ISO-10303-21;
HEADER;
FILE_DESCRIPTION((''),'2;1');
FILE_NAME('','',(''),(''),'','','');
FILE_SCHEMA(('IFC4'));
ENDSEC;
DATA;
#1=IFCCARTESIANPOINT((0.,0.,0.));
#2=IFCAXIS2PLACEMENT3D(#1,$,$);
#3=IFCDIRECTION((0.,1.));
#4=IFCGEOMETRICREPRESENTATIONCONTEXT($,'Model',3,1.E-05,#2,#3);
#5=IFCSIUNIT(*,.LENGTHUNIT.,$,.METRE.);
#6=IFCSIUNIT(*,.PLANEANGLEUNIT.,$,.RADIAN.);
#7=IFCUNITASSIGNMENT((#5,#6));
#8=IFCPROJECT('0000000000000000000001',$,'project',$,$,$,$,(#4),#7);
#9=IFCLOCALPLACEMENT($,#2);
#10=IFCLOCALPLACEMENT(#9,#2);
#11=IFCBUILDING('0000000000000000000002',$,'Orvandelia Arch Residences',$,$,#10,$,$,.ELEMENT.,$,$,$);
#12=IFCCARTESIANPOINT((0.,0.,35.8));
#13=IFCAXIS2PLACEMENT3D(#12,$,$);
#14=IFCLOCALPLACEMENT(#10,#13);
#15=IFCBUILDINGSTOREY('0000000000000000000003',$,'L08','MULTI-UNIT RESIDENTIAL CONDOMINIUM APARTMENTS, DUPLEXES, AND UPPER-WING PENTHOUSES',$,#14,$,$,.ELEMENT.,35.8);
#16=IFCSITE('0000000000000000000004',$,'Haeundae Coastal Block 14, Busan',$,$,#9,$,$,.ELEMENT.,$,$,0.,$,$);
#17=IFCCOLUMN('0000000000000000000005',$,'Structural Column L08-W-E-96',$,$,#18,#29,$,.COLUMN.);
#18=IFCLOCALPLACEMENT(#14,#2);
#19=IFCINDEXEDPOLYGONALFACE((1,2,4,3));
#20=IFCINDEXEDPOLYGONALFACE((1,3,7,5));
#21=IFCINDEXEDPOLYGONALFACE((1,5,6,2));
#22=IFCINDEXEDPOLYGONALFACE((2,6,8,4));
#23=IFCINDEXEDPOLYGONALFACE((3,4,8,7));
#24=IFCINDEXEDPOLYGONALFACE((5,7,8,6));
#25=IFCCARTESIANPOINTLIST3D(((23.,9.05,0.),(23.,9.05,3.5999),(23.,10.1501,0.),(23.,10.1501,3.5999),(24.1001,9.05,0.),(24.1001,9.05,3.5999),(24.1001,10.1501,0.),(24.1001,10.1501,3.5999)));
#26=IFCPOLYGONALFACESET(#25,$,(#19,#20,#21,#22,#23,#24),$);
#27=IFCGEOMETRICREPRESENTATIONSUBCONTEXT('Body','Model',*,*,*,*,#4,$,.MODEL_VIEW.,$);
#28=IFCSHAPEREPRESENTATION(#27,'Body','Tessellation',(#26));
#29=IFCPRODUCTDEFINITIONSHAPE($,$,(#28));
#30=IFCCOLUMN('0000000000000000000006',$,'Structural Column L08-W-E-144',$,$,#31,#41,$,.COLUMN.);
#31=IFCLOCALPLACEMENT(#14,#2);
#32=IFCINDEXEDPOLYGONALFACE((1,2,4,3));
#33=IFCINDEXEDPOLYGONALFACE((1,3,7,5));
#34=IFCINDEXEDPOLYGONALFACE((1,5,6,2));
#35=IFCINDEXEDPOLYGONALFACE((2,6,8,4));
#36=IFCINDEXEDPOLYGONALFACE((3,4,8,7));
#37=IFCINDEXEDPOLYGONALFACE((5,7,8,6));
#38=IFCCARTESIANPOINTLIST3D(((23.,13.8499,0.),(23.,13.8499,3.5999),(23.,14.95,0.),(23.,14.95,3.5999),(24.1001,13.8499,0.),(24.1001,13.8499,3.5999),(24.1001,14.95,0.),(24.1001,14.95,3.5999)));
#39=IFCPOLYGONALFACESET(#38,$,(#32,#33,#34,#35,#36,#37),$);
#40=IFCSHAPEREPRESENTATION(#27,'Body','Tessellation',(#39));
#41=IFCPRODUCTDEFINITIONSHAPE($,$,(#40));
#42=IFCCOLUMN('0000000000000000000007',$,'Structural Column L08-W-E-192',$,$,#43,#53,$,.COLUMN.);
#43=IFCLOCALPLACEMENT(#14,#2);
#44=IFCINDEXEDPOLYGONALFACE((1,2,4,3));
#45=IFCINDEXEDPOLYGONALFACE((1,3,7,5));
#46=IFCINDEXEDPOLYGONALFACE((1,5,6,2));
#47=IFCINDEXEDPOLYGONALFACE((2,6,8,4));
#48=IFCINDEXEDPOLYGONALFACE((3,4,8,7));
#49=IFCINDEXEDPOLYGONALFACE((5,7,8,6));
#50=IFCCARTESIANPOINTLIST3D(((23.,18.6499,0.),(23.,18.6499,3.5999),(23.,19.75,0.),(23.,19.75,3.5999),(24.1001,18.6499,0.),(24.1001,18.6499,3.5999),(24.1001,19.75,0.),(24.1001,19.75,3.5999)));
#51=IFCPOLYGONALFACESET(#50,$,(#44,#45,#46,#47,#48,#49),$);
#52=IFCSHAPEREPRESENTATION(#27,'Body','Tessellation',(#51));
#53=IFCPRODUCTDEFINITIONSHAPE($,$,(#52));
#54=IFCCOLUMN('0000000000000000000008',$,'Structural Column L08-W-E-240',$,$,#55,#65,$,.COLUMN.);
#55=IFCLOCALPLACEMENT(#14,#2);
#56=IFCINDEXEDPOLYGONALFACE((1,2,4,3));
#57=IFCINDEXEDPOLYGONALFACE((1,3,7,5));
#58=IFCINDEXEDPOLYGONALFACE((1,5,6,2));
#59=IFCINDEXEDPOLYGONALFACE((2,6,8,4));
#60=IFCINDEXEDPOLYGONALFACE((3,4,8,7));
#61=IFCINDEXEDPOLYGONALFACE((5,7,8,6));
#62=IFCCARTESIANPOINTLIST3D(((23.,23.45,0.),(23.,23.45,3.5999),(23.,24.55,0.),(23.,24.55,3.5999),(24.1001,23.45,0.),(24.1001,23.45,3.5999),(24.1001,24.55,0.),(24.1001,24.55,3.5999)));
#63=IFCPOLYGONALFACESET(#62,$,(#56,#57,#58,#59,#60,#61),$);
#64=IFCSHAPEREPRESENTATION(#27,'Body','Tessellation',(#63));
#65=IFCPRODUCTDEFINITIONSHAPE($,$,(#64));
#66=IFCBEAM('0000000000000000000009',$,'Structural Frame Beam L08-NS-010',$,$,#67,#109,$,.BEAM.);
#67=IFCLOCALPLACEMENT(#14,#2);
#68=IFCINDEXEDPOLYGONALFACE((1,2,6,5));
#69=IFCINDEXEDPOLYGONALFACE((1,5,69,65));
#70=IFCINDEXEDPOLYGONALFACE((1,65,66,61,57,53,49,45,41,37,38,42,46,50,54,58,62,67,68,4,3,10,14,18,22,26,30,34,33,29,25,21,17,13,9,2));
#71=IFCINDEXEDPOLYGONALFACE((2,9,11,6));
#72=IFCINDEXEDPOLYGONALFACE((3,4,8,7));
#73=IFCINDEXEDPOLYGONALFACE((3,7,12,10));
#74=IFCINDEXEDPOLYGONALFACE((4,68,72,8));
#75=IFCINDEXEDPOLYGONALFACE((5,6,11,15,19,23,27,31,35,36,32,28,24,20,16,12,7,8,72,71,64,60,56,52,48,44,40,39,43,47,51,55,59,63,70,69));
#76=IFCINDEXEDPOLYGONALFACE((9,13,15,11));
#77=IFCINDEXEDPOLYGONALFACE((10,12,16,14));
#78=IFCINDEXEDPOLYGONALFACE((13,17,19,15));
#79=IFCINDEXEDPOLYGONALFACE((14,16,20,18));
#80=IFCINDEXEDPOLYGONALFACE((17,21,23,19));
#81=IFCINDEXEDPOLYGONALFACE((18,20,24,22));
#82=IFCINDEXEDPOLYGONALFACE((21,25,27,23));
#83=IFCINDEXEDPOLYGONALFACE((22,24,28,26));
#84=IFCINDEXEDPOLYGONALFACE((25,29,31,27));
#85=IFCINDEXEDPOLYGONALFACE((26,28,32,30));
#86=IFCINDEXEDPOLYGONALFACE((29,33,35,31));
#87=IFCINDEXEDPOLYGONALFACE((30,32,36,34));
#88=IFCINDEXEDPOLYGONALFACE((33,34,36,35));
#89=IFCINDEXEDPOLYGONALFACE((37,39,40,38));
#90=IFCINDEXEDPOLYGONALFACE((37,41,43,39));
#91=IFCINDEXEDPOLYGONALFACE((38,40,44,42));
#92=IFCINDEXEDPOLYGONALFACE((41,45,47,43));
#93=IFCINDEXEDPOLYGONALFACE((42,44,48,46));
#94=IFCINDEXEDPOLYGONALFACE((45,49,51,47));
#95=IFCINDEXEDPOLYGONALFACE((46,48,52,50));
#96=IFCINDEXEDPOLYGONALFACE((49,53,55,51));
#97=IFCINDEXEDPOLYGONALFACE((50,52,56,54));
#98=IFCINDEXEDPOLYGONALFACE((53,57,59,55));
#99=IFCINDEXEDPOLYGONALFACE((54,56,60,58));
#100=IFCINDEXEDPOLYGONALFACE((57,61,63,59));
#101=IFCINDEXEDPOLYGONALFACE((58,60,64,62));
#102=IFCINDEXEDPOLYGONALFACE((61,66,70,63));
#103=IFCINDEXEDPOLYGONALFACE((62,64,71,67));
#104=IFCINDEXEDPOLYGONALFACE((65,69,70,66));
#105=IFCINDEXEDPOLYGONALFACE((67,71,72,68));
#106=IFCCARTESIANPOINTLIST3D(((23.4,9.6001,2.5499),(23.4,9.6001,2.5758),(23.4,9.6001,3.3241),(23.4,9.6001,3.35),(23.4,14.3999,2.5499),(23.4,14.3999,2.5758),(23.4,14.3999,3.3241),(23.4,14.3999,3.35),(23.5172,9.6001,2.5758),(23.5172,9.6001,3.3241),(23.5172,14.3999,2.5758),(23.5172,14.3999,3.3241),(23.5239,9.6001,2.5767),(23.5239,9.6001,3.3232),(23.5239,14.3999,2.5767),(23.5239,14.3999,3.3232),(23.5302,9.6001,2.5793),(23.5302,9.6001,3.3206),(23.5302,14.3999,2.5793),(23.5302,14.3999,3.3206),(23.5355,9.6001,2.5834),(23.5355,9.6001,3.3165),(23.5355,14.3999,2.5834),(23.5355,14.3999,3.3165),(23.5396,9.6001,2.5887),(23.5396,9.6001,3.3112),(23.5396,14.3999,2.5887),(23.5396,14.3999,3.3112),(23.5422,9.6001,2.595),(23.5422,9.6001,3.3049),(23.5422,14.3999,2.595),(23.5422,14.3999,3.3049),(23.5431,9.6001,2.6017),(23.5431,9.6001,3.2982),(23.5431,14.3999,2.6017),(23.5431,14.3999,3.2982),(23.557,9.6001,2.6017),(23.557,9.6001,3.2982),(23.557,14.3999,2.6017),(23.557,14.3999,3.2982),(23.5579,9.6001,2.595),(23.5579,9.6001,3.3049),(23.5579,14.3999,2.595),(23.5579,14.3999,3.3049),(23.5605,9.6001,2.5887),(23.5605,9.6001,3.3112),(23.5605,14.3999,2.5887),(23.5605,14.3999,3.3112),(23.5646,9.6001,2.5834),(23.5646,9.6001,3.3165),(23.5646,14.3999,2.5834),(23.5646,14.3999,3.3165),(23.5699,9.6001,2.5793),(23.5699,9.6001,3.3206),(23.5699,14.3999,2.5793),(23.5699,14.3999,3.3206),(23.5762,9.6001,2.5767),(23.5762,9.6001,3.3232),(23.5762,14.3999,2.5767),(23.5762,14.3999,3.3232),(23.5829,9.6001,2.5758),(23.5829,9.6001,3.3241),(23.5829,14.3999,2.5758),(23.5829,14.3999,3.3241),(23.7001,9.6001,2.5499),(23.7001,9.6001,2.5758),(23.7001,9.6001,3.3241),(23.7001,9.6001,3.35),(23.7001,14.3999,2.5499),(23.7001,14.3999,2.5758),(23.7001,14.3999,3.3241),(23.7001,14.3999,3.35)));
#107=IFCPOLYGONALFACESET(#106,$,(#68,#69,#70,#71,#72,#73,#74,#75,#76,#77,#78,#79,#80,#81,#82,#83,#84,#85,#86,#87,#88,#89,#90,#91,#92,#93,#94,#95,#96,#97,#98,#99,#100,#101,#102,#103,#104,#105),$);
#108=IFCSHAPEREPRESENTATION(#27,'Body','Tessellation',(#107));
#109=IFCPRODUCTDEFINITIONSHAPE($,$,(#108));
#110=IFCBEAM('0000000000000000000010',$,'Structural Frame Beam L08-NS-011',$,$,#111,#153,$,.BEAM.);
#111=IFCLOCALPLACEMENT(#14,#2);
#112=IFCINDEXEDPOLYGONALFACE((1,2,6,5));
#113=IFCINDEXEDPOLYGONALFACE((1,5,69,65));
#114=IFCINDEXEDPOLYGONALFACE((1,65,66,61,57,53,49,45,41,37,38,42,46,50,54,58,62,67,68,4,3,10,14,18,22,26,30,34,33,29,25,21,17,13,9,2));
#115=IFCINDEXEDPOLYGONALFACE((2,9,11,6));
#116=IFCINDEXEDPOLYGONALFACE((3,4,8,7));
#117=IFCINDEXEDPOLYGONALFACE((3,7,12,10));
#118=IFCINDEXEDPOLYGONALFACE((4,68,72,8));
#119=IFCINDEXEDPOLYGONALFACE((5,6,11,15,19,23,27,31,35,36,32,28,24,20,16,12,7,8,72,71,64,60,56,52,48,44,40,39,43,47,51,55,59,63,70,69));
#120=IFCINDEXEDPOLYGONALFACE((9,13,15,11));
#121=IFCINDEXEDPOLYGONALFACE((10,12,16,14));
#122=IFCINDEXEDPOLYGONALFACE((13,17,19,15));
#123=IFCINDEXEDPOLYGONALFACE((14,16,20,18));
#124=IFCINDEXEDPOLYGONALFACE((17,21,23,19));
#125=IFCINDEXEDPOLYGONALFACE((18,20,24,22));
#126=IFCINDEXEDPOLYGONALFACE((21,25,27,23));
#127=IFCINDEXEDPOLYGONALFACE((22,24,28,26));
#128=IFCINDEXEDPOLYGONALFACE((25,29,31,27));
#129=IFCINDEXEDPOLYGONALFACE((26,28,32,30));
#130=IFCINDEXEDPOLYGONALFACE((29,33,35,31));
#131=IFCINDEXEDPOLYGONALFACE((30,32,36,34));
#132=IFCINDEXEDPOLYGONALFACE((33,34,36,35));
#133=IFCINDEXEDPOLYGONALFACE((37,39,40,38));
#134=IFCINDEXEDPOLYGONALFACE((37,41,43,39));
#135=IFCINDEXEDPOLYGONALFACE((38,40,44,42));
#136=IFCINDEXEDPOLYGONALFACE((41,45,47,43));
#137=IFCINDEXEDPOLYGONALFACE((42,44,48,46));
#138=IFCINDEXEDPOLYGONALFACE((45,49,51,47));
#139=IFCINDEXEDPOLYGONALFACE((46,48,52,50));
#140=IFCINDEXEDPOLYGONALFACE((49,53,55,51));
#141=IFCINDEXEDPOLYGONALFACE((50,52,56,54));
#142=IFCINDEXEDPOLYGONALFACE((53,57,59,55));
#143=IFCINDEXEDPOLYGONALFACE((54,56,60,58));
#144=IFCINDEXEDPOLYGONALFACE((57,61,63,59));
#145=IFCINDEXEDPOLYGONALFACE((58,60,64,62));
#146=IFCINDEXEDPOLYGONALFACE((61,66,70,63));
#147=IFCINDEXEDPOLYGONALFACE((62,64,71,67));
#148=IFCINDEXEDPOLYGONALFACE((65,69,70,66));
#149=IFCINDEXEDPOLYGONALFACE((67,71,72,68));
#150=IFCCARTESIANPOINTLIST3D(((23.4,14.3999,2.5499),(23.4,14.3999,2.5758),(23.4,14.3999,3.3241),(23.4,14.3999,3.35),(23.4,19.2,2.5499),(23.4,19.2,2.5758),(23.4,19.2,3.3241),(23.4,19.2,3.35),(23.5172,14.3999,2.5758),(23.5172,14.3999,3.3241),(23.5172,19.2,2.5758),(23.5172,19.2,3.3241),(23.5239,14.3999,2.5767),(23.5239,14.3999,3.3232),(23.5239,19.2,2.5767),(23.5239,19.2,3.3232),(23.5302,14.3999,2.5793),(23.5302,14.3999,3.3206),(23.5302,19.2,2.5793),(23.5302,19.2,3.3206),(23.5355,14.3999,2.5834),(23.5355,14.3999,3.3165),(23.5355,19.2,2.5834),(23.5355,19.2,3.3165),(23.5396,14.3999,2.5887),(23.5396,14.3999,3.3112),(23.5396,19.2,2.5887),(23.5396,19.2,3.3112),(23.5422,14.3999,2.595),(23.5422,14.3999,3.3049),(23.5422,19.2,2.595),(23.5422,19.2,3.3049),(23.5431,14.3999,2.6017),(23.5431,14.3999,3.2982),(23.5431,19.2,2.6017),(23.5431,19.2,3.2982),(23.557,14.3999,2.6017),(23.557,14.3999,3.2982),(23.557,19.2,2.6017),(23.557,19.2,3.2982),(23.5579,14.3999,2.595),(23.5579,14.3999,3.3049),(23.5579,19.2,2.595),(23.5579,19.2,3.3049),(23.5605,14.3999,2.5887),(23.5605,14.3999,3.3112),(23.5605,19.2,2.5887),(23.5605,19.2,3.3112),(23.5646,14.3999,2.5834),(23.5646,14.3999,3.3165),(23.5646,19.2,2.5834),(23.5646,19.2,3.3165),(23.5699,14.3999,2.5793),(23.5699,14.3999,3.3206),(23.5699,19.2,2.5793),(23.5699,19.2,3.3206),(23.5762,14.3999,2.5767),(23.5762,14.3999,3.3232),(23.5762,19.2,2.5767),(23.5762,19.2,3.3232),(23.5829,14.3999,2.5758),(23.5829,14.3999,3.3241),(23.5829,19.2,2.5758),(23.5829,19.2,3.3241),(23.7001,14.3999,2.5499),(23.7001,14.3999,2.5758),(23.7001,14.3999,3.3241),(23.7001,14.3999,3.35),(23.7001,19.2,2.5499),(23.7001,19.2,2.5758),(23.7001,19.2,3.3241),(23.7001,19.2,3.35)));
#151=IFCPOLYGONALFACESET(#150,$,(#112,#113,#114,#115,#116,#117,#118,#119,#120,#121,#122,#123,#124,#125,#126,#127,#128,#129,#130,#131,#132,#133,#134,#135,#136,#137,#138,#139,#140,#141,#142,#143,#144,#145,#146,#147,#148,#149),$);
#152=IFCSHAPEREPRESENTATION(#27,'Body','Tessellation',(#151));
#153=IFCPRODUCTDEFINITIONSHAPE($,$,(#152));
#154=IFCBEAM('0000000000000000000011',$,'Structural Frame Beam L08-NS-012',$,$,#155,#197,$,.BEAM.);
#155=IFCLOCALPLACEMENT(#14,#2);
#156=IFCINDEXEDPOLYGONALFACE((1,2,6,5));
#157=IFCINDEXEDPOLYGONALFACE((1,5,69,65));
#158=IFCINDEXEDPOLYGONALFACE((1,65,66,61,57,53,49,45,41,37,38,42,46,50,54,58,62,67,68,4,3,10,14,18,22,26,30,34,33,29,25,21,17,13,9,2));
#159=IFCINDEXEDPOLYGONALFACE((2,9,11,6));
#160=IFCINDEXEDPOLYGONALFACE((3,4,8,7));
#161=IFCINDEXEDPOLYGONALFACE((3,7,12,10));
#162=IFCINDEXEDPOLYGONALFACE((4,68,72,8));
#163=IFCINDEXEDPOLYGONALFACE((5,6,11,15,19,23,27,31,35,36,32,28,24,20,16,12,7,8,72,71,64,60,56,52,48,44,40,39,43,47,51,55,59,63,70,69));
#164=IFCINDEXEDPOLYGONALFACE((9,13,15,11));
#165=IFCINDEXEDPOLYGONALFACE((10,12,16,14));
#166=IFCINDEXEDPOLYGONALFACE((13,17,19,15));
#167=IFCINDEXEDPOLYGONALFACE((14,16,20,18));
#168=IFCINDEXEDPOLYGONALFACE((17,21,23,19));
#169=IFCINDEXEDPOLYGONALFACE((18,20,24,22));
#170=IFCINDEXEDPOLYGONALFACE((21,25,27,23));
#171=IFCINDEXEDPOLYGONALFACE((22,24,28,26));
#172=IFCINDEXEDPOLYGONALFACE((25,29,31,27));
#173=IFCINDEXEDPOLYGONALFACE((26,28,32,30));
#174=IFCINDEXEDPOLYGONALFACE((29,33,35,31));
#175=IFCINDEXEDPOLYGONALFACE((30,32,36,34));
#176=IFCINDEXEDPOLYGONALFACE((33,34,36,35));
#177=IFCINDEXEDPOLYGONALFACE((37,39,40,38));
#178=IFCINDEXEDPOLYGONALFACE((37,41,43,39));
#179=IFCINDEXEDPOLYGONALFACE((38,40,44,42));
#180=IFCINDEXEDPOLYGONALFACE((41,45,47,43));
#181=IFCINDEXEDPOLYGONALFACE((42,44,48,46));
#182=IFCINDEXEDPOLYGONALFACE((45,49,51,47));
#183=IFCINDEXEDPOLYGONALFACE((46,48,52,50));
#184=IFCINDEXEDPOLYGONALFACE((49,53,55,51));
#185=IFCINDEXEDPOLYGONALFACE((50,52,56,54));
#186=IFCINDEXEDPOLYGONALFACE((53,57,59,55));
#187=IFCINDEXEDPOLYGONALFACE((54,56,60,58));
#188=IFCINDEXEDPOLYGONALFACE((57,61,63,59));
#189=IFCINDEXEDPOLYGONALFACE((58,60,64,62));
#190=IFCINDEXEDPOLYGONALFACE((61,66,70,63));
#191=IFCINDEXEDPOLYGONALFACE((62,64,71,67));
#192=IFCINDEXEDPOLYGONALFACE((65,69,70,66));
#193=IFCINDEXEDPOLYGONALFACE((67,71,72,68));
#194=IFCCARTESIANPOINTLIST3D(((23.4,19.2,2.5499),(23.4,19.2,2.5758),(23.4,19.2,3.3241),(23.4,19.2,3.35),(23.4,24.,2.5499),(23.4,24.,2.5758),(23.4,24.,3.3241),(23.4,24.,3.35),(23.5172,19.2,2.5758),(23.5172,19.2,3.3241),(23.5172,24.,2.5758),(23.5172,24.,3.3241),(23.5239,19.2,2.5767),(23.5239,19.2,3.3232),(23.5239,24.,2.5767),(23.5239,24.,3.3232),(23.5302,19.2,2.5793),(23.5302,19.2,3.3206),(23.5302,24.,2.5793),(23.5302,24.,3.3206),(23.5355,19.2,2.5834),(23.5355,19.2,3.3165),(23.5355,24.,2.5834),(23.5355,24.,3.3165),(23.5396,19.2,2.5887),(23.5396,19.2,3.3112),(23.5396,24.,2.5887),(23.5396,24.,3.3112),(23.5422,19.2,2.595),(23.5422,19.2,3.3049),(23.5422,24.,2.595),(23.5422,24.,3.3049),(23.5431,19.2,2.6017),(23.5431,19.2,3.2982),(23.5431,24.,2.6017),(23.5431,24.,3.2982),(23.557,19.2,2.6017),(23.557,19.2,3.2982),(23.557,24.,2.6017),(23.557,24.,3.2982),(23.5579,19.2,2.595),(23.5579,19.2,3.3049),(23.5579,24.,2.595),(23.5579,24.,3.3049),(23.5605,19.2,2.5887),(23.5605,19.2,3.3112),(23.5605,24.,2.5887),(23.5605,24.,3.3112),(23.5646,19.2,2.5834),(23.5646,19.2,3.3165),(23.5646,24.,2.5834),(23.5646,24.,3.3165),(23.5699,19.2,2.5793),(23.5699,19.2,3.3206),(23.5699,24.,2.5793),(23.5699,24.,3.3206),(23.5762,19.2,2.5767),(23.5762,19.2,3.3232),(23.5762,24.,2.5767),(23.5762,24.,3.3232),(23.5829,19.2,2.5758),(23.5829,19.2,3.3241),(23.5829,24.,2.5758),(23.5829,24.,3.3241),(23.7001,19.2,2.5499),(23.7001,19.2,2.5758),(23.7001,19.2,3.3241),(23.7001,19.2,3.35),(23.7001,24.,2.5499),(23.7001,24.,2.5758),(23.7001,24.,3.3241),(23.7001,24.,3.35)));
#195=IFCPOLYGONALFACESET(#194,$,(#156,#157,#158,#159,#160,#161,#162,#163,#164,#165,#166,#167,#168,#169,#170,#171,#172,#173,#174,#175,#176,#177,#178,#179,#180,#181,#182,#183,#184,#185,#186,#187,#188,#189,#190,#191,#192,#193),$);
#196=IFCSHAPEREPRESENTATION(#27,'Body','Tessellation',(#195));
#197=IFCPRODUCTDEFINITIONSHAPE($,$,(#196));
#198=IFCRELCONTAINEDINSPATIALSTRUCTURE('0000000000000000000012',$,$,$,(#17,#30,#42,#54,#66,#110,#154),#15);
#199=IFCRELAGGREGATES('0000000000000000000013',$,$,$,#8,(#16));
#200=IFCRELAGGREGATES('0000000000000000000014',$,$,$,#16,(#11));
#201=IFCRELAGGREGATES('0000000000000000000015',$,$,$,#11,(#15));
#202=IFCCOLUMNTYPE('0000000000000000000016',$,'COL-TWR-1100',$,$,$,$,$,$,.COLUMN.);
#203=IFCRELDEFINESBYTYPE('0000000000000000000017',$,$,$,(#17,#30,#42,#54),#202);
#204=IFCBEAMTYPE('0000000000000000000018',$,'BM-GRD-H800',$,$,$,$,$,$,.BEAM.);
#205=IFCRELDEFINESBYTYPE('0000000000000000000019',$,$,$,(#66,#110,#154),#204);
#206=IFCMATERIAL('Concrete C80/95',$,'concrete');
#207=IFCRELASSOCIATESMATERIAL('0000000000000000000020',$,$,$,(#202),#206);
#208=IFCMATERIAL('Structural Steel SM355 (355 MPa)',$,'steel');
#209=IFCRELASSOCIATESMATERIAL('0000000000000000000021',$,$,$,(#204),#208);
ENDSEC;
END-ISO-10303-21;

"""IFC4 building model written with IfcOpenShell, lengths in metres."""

from ifc_helpers import new_model, si_unit, direction, frame, origin, origin_2d, place, context, subcontext, project, spatial, rectangle, i_section, extrude, material, material_profile, profile_set, type_object, element, save


model = new_model("IFC4")

# Units and contexts
model_context = context("Model", 3, precision=1e-05, world=origin(), true_north=direction((0.0, 1.0)))
body_context = subcontext(model_context, "Body", "Model", "MODEL_VIEW")
ifc_project = project(units=[si_unit("LENGTHUNIT", "METRE"), si_unit("PLANEANGLEUNIT", "RADIAN")], contexts=[model_context])

# Site, building, storey
site_placement = place(None, origin())
site = spatial("IfcSite", under=ifc_project, at=site_placement, Name="Haeundae Coastal Block 14, Busan", CompositionType="ELEMENT", RefElevation=0.0)
building_placement = place(site_placement, origin())
building = spatial("IfcBuilding", under=site, at=building_placement, Name="Orvandelia Arch Residences", CompositionType="ELEMENT")
storey_placement = place(building_placement, frame((0.0, 0.0, 35.8)))
storey = spatial("IfcBuildingStorey", under=building, at=storey_placement, Name="L08", Description="MULTI-UNIT RESIDENTIAL CONDOMINIUM APARTMENTS, DUPLEXES, AND UPPER-WING PENTHOUSES", CompositionType="ELEMENT", Elevation=35.8)

# Columns
ifc_material_1 = material(Name="Concrete C80/95", Category="concrete")
ifc_material_profile_1 = material_profile(ifc_material_1, rectangle(XDim=1.1001, YDim=1.1001, at=origin_2d()), Name="Concrete C80/95", Category="concrete")
ifc_profile_set_1 = profile_set([ifc_material_profile_1], Name="Concrete C80/95")
column_type = type_object("IfcColumnType", Name="COL-TWR-1100", PredefinedType="COLUMN", material=ifc_profile_set_1)
for number, where, z_axis, x_axis, name in (
    (1, (23.55, 9.6001, 0.0), (0.0, 0.0, 1.0), (1.0, 0.0, 0.0), "Structural Column L08-W-E-96"),
    (2, (23.55, 14.3999, 0.0), (0.0, 0.0, 1.0), (1.0, 0.0, 0.0), "Structural Column L08-W-E-144"),
    (3, (23.55, 19.2, 0.0), (0.0, 0.0, 1.0), (1.0, 0.0, 0.0), "Structural Column L08-W-E-192"),
    (4, (23.55, 24.0, 0.0), (0.0, 0.0, 1.0), (1.0, 0.0, 0.0), "Structural Column L08-W-E-240"),
):
    element("IfcColumn", number, at=place(storey_placement, frame(where, z_axis=z_axis, x_axis=x_axis)), inside=storey, type_object=column_type, Name=name, PredefinedType="COLUMN", context=body_context, shape_type="SweptSolid", body=[
        extrude(rectangle(XDim=1.1001, YDim=1.1001, at=origin_2d()), origin(), (0.0, 0.0, 1.0), 3.5999),
    ])

# Beams
ifc_material_2 = material(Name="Structural Steel SM355 (355 MPa)", Category="steel")
ifc_material_profile_2 = material_profile(ifc_material_2, i_section(OverallWidth=0.3, OverallDepth=0.8, WebThickness=0.0139, FlangeThickness=0.0259, FilletRadius=0.0259, at=origin_2d()), Name="Structural Steel SM355 (355 MPa)", Category="steel")
ifc_profile_set_2 = profile_set([ifc_material_profile_2], Name="Structural Steel SM355 (355 MPa)")
beam_type = type_object("IfcBeamType", Name="BM-GRD-H800", PredefinedType="BEAM", material=ifc_profile_set_2)
beam_1_placement = place(storey_placement, frame((23.55, 9.6001, 2.95), z_axis=(0.0, 1.0, 0.0), x_axis=(-1.0, 0.0, 0.0)))
element("IfcBeam", 5, at=beam_1_placement, inside=storey, type_object=beam_type, Name="Structural Frame Beam L08-NS-010", PredefinedType="BEAM", context=body_context, shape_type="SweptSolid", body=[
    extrude(i_section(OverallWidth=0.3, OverallDepth=0.8, WebThickness=0.0139, FlangeThickness=0.0259, FilletRadius=0.0259, at=origin_2d()), origin(), (0.0, 0.0, 1.0), 4.7998),
])
for number, where, z_axis, x_axis, name in (
    (6, (23.55, 14.3999, 2.95), (0.0, 1.0, 0.0), (-1.0, 0.0, 0.0), "Structural Frame Beam L08-NS-011"),
    (7, (23.55, 19.2, 2.95), (0.0, 1.0, 0.0), (-1.0, 0.0, 0.0), "Structural Frame Beam L08-NS-012"),
):
    element("IfcBeam", number, at=place(storey_placement, frame(where, z_axis=z_axis, x_axis=x_axis)), inside=storey, type_object=beam_type, Name=name, PredefinedType="BEAM", context=body_context, shape_type="SweptSolid", body=[
        extrude(i_section(OverallWidth=0.3, OverallDepth=0.8, WebThickness=0.0139, FlangeThickness=0.0259, FilletRadius=0.0259, at=origin_2d()), origin(), (0.0, 0.0, 1.0), 4.8),
    ])

save(model, "model.ifc")
